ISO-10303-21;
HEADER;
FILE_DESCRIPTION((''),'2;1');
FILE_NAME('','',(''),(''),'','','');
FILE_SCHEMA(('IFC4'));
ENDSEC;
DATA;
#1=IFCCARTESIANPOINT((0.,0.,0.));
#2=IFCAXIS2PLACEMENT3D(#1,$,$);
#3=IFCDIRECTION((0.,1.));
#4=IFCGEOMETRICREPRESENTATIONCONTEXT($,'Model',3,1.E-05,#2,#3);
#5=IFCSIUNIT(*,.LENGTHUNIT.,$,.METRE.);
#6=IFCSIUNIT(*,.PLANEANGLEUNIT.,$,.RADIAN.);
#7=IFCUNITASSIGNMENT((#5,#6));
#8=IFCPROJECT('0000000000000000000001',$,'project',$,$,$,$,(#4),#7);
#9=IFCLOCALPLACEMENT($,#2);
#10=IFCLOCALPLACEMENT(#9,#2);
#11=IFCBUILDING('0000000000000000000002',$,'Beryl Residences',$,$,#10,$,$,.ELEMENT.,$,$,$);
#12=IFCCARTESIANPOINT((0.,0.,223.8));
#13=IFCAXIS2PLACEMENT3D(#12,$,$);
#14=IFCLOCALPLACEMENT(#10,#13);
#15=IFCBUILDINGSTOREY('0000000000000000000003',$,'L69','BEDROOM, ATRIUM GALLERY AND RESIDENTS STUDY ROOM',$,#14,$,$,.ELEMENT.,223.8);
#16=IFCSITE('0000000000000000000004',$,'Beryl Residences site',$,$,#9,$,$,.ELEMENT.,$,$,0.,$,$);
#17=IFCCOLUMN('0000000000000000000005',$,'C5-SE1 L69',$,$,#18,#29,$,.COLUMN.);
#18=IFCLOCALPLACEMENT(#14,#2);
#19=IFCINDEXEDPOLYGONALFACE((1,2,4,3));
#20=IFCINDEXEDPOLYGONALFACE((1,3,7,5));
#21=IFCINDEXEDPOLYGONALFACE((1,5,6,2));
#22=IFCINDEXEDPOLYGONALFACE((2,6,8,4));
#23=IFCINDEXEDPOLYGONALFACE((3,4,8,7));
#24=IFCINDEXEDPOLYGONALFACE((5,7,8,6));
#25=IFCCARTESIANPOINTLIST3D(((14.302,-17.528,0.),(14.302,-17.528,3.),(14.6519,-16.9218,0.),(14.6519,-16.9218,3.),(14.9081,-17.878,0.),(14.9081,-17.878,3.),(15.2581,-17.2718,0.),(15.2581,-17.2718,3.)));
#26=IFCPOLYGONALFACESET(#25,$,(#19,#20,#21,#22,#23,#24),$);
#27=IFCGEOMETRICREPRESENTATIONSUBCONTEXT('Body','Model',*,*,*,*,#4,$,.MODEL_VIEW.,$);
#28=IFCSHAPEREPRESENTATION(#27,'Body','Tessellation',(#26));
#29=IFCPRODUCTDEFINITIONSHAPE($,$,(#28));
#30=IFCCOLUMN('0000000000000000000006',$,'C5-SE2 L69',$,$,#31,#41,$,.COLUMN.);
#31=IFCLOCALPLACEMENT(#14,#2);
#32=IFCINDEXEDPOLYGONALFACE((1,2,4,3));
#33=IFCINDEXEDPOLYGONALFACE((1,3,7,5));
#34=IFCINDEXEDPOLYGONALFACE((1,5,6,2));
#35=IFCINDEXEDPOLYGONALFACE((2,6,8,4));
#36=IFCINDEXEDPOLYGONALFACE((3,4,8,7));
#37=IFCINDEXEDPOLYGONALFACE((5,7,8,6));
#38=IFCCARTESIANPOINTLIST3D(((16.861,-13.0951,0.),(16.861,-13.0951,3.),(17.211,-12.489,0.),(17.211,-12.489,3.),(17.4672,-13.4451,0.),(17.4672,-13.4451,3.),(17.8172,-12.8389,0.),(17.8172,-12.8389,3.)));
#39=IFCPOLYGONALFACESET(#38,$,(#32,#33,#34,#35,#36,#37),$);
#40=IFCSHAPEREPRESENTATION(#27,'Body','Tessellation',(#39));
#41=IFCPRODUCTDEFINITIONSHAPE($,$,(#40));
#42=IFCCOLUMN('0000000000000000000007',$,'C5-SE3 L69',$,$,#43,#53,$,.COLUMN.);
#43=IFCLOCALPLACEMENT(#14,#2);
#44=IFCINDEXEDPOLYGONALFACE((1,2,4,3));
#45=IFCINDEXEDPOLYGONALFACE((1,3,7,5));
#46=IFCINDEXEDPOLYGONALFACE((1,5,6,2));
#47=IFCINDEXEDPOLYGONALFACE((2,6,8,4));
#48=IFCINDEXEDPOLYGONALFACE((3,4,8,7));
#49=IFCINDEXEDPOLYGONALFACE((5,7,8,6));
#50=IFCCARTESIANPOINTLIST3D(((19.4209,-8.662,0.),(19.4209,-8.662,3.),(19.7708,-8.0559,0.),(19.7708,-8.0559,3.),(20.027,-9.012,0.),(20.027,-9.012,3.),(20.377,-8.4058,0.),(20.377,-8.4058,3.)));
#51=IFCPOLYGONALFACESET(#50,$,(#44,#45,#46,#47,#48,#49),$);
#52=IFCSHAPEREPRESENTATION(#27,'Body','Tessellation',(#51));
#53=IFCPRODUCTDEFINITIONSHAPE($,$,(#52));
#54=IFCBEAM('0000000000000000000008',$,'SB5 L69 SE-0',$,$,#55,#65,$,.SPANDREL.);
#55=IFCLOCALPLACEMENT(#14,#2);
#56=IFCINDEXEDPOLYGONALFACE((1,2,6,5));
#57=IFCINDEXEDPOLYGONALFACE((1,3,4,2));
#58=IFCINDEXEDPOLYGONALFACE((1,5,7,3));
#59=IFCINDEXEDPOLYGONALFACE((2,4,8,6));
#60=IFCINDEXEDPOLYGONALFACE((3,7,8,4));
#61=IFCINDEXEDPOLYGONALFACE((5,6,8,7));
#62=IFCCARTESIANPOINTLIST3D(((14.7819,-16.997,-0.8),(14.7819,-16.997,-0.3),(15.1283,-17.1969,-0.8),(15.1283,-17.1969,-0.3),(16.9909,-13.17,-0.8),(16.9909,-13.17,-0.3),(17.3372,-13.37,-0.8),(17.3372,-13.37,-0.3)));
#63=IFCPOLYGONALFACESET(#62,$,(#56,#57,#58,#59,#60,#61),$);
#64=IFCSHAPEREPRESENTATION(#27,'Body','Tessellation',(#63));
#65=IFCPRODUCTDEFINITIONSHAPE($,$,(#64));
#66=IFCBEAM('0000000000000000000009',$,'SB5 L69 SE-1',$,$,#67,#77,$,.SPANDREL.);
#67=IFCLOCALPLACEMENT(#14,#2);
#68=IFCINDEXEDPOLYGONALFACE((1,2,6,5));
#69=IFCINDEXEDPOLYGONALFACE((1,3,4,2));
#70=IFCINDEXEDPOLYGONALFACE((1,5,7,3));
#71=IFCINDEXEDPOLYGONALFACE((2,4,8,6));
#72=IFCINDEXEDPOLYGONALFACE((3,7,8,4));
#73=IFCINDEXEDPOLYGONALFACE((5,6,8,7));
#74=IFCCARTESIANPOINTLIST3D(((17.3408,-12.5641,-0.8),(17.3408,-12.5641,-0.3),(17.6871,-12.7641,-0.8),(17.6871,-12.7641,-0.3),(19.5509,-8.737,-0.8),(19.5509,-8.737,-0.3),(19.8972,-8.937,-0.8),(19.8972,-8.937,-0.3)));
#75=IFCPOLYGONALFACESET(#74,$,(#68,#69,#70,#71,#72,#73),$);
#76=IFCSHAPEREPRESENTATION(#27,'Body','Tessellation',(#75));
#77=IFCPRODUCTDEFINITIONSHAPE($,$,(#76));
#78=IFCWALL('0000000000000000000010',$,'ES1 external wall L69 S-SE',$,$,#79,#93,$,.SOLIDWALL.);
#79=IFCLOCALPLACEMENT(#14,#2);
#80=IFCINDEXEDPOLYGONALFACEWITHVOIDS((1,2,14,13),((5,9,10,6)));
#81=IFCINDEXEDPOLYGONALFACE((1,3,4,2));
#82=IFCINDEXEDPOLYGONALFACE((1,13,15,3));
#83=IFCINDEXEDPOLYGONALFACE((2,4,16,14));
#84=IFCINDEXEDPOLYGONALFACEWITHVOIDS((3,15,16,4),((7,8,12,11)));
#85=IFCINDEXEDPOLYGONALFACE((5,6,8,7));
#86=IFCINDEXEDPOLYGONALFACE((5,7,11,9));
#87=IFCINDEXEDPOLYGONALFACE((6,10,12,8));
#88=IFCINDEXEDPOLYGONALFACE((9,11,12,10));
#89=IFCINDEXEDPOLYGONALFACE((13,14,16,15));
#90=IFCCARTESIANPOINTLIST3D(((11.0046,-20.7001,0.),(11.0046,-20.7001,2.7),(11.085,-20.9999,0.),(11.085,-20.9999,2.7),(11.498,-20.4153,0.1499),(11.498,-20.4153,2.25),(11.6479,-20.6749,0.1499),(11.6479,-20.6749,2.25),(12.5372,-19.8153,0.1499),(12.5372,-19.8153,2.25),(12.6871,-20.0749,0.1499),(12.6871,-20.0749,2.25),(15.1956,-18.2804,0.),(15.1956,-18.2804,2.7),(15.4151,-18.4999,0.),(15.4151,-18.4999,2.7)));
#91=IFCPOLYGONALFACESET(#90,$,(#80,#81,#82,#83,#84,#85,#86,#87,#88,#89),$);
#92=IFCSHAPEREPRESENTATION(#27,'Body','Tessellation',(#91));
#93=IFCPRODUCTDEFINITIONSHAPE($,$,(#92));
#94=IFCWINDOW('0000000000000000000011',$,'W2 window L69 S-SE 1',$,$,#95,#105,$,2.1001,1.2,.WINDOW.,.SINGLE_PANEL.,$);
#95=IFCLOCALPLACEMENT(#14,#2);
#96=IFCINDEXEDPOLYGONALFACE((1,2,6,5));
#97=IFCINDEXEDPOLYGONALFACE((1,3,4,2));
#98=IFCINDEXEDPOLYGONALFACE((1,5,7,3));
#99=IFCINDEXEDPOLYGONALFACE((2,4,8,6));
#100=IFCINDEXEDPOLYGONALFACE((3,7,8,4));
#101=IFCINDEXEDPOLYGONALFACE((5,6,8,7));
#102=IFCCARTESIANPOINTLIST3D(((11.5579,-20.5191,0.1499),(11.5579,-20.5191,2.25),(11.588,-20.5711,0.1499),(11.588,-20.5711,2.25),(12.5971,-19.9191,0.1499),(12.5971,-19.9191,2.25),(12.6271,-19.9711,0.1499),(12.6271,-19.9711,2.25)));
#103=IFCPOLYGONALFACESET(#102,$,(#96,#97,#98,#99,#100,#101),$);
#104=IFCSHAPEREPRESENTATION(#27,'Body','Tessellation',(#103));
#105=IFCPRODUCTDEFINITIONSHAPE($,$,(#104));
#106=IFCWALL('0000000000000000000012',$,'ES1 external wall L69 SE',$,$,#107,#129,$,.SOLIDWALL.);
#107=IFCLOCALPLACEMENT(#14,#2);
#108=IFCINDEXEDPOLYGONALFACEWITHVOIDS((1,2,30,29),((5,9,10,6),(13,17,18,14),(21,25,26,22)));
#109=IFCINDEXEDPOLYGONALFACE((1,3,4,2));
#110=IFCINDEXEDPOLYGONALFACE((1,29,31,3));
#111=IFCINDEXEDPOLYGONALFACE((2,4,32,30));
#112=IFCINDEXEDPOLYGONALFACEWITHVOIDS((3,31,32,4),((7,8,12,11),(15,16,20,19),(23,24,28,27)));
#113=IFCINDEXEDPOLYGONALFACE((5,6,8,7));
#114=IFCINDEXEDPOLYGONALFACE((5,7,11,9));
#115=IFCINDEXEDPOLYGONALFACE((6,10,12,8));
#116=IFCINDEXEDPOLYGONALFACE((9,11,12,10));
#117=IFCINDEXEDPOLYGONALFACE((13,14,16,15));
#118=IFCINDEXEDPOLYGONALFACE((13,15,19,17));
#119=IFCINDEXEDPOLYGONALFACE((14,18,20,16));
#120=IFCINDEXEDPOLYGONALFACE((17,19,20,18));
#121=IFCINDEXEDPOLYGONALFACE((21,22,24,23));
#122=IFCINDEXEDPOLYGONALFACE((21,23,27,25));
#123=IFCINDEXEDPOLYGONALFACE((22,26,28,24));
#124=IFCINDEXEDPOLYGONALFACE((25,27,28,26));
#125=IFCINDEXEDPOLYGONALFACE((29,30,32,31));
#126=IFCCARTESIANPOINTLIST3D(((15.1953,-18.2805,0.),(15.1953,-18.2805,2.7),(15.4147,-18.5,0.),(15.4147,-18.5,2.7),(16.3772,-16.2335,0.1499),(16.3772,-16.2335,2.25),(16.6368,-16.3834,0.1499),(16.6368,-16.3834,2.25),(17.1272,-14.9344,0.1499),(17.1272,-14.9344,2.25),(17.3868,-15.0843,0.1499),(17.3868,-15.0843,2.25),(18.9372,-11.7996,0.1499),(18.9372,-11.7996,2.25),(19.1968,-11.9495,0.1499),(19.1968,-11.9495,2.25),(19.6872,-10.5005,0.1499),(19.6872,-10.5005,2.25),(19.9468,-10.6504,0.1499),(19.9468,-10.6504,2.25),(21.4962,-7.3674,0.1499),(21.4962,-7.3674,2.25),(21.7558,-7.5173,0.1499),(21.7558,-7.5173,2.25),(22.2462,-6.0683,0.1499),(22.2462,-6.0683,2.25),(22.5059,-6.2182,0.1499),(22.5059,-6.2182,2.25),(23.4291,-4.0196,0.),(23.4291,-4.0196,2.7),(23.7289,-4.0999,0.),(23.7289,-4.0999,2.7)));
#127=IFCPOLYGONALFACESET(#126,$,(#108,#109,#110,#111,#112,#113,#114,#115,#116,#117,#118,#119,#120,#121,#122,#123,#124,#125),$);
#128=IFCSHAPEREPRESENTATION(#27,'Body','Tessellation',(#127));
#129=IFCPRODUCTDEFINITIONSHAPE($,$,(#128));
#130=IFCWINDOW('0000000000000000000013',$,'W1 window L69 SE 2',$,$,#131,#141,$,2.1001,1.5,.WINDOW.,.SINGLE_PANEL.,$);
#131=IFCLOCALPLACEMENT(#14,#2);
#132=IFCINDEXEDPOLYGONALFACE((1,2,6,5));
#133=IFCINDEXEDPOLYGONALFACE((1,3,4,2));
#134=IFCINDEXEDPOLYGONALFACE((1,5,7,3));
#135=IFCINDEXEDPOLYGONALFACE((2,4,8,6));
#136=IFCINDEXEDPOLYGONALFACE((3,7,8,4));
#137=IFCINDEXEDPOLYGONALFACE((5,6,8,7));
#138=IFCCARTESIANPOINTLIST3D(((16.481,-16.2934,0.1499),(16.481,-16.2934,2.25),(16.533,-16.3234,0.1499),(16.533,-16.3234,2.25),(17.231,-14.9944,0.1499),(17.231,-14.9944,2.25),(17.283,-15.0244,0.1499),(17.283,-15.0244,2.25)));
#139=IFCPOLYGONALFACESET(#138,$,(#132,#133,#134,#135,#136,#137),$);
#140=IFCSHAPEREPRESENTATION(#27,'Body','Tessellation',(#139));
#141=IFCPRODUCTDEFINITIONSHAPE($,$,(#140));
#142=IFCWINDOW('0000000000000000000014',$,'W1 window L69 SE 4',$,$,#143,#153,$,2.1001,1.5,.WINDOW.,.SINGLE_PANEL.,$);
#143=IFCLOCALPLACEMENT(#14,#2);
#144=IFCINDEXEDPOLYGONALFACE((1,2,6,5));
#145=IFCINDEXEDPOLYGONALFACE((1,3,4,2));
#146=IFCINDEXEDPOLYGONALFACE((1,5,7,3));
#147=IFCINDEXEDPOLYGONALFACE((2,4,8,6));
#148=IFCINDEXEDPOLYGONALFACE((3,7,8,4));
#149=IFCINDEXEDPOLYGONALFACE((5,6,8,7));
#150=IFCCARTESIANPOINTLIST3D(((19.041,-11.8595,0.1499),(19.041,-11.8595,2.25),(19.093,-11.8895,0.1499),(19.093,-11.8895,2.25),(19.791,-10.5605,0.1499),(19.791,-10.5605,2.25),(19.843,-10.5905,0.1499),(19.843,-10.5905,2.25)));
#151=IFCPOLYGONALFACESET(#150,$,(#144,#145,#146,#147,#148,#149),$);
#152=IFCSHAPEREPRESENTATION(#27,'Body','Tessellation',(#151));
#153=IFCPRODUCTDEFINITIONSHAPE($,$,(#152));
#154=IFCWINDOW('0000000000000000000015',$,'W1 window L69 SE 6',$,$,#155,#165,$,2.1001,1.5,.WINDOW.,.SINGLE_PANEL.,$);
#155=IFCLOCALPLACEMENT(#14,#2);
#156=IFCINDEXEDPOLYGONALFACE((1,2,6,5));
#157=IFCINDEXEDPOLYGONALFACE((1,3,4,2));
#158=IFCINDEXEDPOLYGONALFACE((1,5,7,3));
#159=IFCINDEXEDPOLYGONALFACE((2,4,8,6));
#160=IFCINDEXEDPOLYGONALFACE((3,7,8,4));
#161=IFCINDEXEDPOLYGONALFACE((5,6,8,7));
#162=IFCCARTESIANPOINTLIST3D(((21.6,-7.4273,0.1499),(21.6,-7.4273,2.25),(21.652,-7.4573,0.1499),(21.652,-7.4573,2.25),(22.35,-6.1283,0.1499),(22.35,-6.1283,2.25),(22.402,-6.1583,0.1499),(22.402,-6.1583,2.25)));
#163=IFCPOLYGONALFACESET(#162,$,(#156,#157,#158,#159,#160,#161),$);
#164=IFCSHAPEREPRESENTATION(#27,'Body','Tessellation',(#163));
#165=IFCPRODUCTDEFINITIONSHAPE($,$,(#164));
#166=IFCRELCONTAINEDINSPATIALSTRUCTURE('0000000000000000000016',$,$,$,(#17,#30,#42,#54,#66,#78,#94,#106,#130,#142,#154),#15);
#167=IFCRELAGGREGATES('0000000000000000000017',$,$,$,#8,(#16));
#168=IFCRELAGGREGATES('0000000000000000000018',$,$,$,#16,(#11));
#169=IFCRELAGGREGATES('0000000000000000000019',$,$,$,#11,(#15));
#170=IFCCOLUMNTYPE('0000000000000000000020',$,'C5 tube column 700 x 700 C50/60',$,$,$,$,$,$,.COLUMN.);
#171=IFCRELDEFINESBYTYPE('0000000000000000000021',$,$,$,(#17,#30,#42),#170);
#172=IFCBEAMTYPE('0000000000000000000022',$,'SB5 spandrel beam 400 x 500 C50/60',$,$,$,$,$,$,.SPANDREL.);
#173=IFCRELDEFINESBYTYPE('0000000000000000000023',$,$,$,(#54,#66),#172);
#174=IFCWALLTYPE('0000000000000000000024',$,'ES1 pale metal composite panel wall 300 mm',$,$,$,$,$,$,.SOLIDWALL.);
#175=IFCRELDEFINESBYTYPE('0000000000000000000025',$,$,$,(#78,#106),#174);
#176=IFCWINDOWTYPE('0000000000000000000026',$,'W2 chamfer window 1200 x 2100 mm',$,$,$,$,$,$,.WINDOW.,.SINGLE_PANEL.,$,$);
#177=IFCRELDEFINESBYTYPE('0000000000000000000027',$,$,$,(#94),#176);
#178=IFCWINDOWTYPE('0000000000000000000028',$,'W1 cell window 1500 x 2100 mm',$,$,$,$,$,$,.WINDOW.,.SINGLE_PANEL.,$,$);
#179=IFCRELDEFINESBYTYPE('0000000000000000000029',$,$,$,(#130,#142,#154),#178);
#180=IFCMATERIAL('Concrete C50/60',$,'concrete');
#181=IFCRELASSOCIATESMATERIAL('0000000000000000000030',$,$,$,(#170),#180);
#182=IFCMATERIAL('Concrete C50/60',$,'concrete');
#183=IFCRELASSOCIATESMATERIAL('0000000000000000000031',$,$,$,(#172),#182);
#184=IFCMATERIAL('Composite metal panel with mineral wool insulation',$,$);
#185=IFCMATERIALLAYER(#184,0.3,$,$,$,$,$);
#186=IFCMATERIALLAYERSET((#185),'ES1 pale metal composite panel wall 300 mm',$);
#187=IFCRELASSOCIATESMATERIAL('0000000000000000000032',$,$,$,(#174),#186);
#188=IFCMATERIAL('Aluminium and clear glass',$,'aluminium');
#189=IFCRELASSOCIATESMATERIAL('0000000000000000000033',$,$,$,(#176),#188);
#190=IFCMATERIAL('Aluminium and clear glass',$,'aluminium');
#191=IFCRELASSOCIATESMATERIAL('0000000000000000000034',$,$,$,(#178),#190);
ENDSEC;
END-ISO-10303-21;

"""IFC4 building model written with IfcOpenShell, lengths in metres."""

from ifc_helpers import new_model, si_unit, direction, frame, frame_2d, origin, origin_2d, place, context, subcontext, project, spatial, polyline, rectangle, outline, extrude, material, layer, layer_set, material_profile, profile_set, type_object, element, fill, save


model = new_model("IFC4")

# Units and contexts
model_context = context("Model", 3, precision=1e-05, world=origin(), true_north=direction((0.0, 1.0)))
body_context = subcontext(model_context, "Body", "Model", "MODEL_VIEW")
ifc_project = project(units=[si_unit("LENGTHUNIT", "METRE"), si_unit("PLANEANGLEUNIT", "RADIAN")], contexts=[model_context])

# Site, building, storey
site_placement = place(None, origin())
site = spatial("IfcSite", under=ifc_project, at=site_placement, Name="Beryl Residences site", CompositionType="ELEMENT", RefElevation=0.0)
building_placement = place(site_placement, origin())
building = spatial("IfcBuilding", under=site, at=building_placement, Name="Beryl Residences", CompositionType="ELEMENT")
storey_placement = place(building_placement, frame((0.0, 0.0, 223.8)))
storey = spatial("IfcBuildingStorey", under=building, at=storey_placement, Name="L69", Description="BEDROOM, ATRIUM GALLERY AND RESIDENTS STUDY ROOM", CompositionType="ELEMENT", Elevation=223.8)

# Columns
ifc_material_1 = material(Name="Concrete C50/60", Category="concrete")
ifc_material_profile_1 = material_profile(ifc_material_1, rectangle(XDim=0.7, YDim=0.7, at=origin_2d()))
ifc_profile_set_1 = profile_set([ifc_material_profile_1], Name="Concrete C50/60")
column_type = type_object("IfcColumnType", Name="C5 tube column 700 x 700 C50/60", PredefinedType="COLUMN", material=ifc_profile_set_1)
for number, where, z_axis, x_axis, name in (
    (1, (14.78, -17.3999, 0.0), (0.0, 0.0, 1.0), (0.499985, 0.866034, 0.0), "C5-SE1 L69"),
    (2, (17.3391, -12.967, 0.0), (0.0, 0.0, 1.0), (0.499985, 0.866034, 0.0), "C5-SE2 L69"),
    (3, (19.8989, -8.5339, 0.0), (0.0, 0.0, 1.0), (0.499985, 0.866034, 0.0), "C5-SE3 L69"),
):
    element("IfcColumn", number, at=place(storey_placement, frame(where, z_axis=z_axis, x_axis=x_axis)), inside=storey, type_object=column_type, Name=name, PredefinedType="COLUMN", context=body_context, shape_type="SweptSolid", body=[
        extrude(rectangle(XDim=0.7, YDim=0.7, at=origin_2d()), origin(), (0.0, 0.0, 1.0), 3.0),
    ])

# Beams
ifc_material_2 = material(Name="Concrete C50/60", Category="concrete")
ifc_material_profile_2 = material_profile(ifc_material_2, rectangle(XDim=0.3999, YDim=0.5, at=origin_2d()))
ifc_profile_set_2 = profile_set([ifc_material_profile_2], Name="Concrete C50/60")
beam_type = type_object("IfcBeamType", Name="SB5 spandrel beam 400 x 500 C50/60", PredefinedType="SPANDREL", material=ifc_profile_set_2)
beam_1_placement = place(storey_placement, frame((14.9551, -17.0969, -0.55), z_axis=(0.499919, 0.866072, 0.0), x_axis=(-0.866072, 0.499919, 0.0)))
element("IfcBeam", 4, at=beam_1_placement, inside=storey, type_object=beam_type, Name="SB5 L69 SE-0", PredefinedType="SPANDREL", context=body_context, shape_type="SweptSolid", body=[
    extrude(rectangle(XDim=0.3999, YDim=0.5, at=origin_2d()), origin(), (0.0, 0.0, 1.0), 4.4187),
])
beam_2_placement = place(storey_placement, frame((17.5139, -12.6641, -0.55), z_axis=(0.500102, 0.865967, 0.0), x_axis=(-0.865967, 0.500102, 0.0)))
element("IfcBeam", 5, at=beam_2_placement, inside=storey, type_object=beam_type, Name="SB5 L69 SE-1", PredefinedType="SPANDREL", context=body_context, shape_type="SweptSolid", body=[
    extrude(rectangle(XDim=0.3999, YDim=0.5, at=origin_2d()), origin(), (0.0, 0.0, 1.0), 4.4194),
])

# Wall, opening, window
ifc_material_3 = material(Name="Composite metal panel with mineral wool insulation")
ifc_layer_1 = layer(ifc_material_3, 0.3)
ifc_layer_set_1 = layer_set([ifc_layer_1], Name="ES1 pale metal composite panel wall 300 mm")
wall_type_1 = type_object("IfcWallType", Name="ES1 pale metal composite panel wall 300 mm", PredefinedType="SOLIDWALL", material=ifc_layer_set_1)
wall_1_placement = place(storey_placement, frame((11.01, -20.8701, 0.0), z_axis=(0.0, 0.0, 1.0), x_axis=(0.866023, 0.500004, 0.0)))
wall_1 = element("IfcWall", 6, at=wall_1_placement, inside=storey, type_object=wall_type_1, Name="ES1 external wall L69 S-SE", PredefinedType="SOLIDWALL", context=body_context, shape_type="SweptSolid", body=[
    extrude(outline(polyline([(0.0, -0.1499), (5.0, -0.1499), (4.9197, 0.1499), (0.0803, 0.1499), (0.0, -0.1499)])), origin(), (0.0, 0.0, 1.0), 2.7),
])
opening_1_placement = place(wall_1_placement, frame((0.6499, 0.0, 0.1499)))
opening_1 = element("IfcOpeningElement", 7, at=opening_1_placement, cuts=wall_1, PredefinedType="OPENING", context=body_context, shape_type="SweptSolid", body=[
    extrude(rectangle(XDim=1.2, YDim=2.1001, at=frame_2d((0.6001, 1.05))), frame((0.0, 0.1599, 0.0), z_axis=(0.0, -1.0, 0.0), x_axis=(1.0, 0.0, 0.0)), (0.0, 0.0, 1.0), 0.3201),
])
ifc_material_4 = material(Name="Aluminium and clear glass", Category="aluminium")
window_type_1 = type_object("IfcWindowType", Name="W2 chamfer window 1200 x 2100 mm", PartitioningType="SINGLE_PANEL", PredefinedType="WINDOW", material=ifc_material_4)
window_1_placement = place(opening_1_placement, origin())
window_1 = element("IfcWindow", 8, at=window_1_placement, inside=storey, type_object=window_type_1, Name="W2 window L69 S-SE 1", OverallHeight=2.1001, OverallWidth=1.2, PartitioningType="SINGLE_PANEL", PredefinedType="WINDOW", context=body_context, shape_type="SweptSolid", body=[
    extrude(rectangle(XDim=1.2, YDim=2.1001, at=frame_2d((0.6001, 1.05))), frame((0.0, 0.03, 0.0), z_axis=(0.0, -1.0, 0.0), x_axis=(1.0, 0.0, 0.0)), (0.0, 0.0, 1.0), 0.0601),
])
fill(opening_1, window_1)

# Wall, openings, windows
wall_2_placement = place(storey_placement, frame((15.2849, -18.425, 0.0), z_axis=(0.0, 0.0, 1.0), x_axis=(0.500013, 0.866018, 0.0)))
wall_2 = element("IfcWall", 9, at=wall_2_placement, inside=storey, type_object=wall_type_1, Name="ES1 external wall L69 SE", PredefinedType="SOLIDWALL", context=body_context, shape_type="SweptSolid", body=[
    extrude(outline(polyline([(0.0, -0.1499), (16.6279, -0.1499), (16.5476, 0.1499), (0.0803, 0.1499), (0.0, -0.1499)])), origin(), (0.0, 0.0, 1.0), 2.7),
])
opening_2_placement = place(wall_2_placement, frame((2.4441, 0.0, 0.1499)))
opening_2 = element("IfcOpeningElement", 10, at=opening_2_placement, cuts=wall_2, PredefinedType="OPENING", context=body_context, shape_type="SweptSolid", body=[
    extrude(rectangle(XDim=1.5, YDim=2.1001, at=frame_2d((0.75, 1.05))), frame((0.0, 0.1599, 0.0), z_axis=(0.0, -1.0, 0.0), x_axis=(1.0, 0.0, 0.0)), (0.0, 0.0, 1.0), 0.3201),
])
opening_3_placement = place(wall_2_placement, frame((7.564, 0.0, 0.1499)))
opening_3 = element("IfcOpeningElement", 11, at=opening_3_placement, cuts=wall_2, PredefinedType="OPENING", context=body_context, shape_type="SweptSolid", body=[
    extrude(rectangle(XDim=1.5, YDim=2.1001, at=frame_2d((0.75, 1.05))), frame((0.0, 0.1599, 0.0), z_axis=(0.0, -1.0, 0.0), x_axis=(1.0, 0.0, 0.0)), (0.0, 0.0, 1.0), 0.3201),
])
opening_4_placement = place(wall_2_placement, frame((12.6819, 0.0, 0.1499)))
opening_4 = element("IfcOpeningElement", 12, at=opening_4_placement, cuts=wall_2, PredefinedType="OPENING", context=body_context, shape_type="SweptSolid", body=[
    extrude(rectangle(XDim=1.5, YDim=2.1001, at=frame_2d((0.75, 1.05))), frame((0.0, 0.1599, 0.0), z_axis=(0.0, -1.0, 0.0), x_axis=(1.0, 0.0, 0.0)), (0.0, 0.0, 1.0), 0.3201),
])
ifc_material_5 = material(Name="Aluminium and clear glass", Category="aluminium")
window_type_2 = type_object("IfcWindowType", Name="W1 cell window 1500 x 2100 mm", PartitioningType="SINGLE_PANEL", PredefinedType="WINDOW", material=ifc_material_5)
window_2_placement = place(opening_2_placement, origin())
window_2 = element("IfcWindow", 13, at=window_2_placement, inside=storey, type_object=window_type_2, Name="W1 window L69 SE 2", OverallHeight=2.1001, OverallWidth=1.5, PartitioningType="SINGLE_PANEL", PredefinedType="WINDOW", context=body_context, shape_type="SweptSolid", body=[
    extrude(rectangle(XDim=1.5, YDim=2.1001, at=frame_2d((0.75, 1.05))), frame((0.0, 0.03, 0.0), z_axis=(0.0, -1.0, 0.0), x_axis=(1.0, 0.0, 0.0)), (0.0, 0.0, 1.0), 0.0601),
])
fill(opening_2, window_2)
window_3_placement = place(opening_3_placement, origin())
window_3 = element("IfcWindow", 14, at=window_3_placement, inside=storey, type_object=window_type_2, Name="W1 window L69 SE 4", OverallHeight=2.1001, OverallWidth=1.5, PartitioningType="SINGLE_PANEL", PredefinedType="WINDOW", context=body_context, shape_type="SweptSolid", body=[
    extrude(rectangle(XDim=1.5, YDim=2.1001, at=frame_2d((0.75, 1.05))), frame((0.0, 0.03, 0.0), z_axis=(0.0, -1.0, 0.0), x_axis=(1.0, 0.0, 0.0)), (0.0, 0.0, 1.0), 0.0601),
])
fill(opening_3, window_3)
window_4_placement = place(opening_4_placement, origin())
window_4 = element("IfcWindow", 15, at=window_4_placement, inside=storey, type_object=window_type_2, Name="W1 window L69 SE 6", OverallHeight=2.1001, OverallWidth=1.5, PartitioningType="SINGLE_PANEL", PredefinedType="WINDOW", context=body_context, shape_type="SweptSolid", body=[
    extrude(rectangle(XDim=1.5, YDim=2.1001, at=frame_2d((0.75, 1.05))), frame((0.0, 0.03, 0.0), z_axis=(0.0, -1.0, 0.0), x_axis=(1.0, 0.0, 0.0)), (0.0, 0.0, 1.0), 0.0601),
])
fill(opening_4, window_4)

save(model, "model.ifc")
